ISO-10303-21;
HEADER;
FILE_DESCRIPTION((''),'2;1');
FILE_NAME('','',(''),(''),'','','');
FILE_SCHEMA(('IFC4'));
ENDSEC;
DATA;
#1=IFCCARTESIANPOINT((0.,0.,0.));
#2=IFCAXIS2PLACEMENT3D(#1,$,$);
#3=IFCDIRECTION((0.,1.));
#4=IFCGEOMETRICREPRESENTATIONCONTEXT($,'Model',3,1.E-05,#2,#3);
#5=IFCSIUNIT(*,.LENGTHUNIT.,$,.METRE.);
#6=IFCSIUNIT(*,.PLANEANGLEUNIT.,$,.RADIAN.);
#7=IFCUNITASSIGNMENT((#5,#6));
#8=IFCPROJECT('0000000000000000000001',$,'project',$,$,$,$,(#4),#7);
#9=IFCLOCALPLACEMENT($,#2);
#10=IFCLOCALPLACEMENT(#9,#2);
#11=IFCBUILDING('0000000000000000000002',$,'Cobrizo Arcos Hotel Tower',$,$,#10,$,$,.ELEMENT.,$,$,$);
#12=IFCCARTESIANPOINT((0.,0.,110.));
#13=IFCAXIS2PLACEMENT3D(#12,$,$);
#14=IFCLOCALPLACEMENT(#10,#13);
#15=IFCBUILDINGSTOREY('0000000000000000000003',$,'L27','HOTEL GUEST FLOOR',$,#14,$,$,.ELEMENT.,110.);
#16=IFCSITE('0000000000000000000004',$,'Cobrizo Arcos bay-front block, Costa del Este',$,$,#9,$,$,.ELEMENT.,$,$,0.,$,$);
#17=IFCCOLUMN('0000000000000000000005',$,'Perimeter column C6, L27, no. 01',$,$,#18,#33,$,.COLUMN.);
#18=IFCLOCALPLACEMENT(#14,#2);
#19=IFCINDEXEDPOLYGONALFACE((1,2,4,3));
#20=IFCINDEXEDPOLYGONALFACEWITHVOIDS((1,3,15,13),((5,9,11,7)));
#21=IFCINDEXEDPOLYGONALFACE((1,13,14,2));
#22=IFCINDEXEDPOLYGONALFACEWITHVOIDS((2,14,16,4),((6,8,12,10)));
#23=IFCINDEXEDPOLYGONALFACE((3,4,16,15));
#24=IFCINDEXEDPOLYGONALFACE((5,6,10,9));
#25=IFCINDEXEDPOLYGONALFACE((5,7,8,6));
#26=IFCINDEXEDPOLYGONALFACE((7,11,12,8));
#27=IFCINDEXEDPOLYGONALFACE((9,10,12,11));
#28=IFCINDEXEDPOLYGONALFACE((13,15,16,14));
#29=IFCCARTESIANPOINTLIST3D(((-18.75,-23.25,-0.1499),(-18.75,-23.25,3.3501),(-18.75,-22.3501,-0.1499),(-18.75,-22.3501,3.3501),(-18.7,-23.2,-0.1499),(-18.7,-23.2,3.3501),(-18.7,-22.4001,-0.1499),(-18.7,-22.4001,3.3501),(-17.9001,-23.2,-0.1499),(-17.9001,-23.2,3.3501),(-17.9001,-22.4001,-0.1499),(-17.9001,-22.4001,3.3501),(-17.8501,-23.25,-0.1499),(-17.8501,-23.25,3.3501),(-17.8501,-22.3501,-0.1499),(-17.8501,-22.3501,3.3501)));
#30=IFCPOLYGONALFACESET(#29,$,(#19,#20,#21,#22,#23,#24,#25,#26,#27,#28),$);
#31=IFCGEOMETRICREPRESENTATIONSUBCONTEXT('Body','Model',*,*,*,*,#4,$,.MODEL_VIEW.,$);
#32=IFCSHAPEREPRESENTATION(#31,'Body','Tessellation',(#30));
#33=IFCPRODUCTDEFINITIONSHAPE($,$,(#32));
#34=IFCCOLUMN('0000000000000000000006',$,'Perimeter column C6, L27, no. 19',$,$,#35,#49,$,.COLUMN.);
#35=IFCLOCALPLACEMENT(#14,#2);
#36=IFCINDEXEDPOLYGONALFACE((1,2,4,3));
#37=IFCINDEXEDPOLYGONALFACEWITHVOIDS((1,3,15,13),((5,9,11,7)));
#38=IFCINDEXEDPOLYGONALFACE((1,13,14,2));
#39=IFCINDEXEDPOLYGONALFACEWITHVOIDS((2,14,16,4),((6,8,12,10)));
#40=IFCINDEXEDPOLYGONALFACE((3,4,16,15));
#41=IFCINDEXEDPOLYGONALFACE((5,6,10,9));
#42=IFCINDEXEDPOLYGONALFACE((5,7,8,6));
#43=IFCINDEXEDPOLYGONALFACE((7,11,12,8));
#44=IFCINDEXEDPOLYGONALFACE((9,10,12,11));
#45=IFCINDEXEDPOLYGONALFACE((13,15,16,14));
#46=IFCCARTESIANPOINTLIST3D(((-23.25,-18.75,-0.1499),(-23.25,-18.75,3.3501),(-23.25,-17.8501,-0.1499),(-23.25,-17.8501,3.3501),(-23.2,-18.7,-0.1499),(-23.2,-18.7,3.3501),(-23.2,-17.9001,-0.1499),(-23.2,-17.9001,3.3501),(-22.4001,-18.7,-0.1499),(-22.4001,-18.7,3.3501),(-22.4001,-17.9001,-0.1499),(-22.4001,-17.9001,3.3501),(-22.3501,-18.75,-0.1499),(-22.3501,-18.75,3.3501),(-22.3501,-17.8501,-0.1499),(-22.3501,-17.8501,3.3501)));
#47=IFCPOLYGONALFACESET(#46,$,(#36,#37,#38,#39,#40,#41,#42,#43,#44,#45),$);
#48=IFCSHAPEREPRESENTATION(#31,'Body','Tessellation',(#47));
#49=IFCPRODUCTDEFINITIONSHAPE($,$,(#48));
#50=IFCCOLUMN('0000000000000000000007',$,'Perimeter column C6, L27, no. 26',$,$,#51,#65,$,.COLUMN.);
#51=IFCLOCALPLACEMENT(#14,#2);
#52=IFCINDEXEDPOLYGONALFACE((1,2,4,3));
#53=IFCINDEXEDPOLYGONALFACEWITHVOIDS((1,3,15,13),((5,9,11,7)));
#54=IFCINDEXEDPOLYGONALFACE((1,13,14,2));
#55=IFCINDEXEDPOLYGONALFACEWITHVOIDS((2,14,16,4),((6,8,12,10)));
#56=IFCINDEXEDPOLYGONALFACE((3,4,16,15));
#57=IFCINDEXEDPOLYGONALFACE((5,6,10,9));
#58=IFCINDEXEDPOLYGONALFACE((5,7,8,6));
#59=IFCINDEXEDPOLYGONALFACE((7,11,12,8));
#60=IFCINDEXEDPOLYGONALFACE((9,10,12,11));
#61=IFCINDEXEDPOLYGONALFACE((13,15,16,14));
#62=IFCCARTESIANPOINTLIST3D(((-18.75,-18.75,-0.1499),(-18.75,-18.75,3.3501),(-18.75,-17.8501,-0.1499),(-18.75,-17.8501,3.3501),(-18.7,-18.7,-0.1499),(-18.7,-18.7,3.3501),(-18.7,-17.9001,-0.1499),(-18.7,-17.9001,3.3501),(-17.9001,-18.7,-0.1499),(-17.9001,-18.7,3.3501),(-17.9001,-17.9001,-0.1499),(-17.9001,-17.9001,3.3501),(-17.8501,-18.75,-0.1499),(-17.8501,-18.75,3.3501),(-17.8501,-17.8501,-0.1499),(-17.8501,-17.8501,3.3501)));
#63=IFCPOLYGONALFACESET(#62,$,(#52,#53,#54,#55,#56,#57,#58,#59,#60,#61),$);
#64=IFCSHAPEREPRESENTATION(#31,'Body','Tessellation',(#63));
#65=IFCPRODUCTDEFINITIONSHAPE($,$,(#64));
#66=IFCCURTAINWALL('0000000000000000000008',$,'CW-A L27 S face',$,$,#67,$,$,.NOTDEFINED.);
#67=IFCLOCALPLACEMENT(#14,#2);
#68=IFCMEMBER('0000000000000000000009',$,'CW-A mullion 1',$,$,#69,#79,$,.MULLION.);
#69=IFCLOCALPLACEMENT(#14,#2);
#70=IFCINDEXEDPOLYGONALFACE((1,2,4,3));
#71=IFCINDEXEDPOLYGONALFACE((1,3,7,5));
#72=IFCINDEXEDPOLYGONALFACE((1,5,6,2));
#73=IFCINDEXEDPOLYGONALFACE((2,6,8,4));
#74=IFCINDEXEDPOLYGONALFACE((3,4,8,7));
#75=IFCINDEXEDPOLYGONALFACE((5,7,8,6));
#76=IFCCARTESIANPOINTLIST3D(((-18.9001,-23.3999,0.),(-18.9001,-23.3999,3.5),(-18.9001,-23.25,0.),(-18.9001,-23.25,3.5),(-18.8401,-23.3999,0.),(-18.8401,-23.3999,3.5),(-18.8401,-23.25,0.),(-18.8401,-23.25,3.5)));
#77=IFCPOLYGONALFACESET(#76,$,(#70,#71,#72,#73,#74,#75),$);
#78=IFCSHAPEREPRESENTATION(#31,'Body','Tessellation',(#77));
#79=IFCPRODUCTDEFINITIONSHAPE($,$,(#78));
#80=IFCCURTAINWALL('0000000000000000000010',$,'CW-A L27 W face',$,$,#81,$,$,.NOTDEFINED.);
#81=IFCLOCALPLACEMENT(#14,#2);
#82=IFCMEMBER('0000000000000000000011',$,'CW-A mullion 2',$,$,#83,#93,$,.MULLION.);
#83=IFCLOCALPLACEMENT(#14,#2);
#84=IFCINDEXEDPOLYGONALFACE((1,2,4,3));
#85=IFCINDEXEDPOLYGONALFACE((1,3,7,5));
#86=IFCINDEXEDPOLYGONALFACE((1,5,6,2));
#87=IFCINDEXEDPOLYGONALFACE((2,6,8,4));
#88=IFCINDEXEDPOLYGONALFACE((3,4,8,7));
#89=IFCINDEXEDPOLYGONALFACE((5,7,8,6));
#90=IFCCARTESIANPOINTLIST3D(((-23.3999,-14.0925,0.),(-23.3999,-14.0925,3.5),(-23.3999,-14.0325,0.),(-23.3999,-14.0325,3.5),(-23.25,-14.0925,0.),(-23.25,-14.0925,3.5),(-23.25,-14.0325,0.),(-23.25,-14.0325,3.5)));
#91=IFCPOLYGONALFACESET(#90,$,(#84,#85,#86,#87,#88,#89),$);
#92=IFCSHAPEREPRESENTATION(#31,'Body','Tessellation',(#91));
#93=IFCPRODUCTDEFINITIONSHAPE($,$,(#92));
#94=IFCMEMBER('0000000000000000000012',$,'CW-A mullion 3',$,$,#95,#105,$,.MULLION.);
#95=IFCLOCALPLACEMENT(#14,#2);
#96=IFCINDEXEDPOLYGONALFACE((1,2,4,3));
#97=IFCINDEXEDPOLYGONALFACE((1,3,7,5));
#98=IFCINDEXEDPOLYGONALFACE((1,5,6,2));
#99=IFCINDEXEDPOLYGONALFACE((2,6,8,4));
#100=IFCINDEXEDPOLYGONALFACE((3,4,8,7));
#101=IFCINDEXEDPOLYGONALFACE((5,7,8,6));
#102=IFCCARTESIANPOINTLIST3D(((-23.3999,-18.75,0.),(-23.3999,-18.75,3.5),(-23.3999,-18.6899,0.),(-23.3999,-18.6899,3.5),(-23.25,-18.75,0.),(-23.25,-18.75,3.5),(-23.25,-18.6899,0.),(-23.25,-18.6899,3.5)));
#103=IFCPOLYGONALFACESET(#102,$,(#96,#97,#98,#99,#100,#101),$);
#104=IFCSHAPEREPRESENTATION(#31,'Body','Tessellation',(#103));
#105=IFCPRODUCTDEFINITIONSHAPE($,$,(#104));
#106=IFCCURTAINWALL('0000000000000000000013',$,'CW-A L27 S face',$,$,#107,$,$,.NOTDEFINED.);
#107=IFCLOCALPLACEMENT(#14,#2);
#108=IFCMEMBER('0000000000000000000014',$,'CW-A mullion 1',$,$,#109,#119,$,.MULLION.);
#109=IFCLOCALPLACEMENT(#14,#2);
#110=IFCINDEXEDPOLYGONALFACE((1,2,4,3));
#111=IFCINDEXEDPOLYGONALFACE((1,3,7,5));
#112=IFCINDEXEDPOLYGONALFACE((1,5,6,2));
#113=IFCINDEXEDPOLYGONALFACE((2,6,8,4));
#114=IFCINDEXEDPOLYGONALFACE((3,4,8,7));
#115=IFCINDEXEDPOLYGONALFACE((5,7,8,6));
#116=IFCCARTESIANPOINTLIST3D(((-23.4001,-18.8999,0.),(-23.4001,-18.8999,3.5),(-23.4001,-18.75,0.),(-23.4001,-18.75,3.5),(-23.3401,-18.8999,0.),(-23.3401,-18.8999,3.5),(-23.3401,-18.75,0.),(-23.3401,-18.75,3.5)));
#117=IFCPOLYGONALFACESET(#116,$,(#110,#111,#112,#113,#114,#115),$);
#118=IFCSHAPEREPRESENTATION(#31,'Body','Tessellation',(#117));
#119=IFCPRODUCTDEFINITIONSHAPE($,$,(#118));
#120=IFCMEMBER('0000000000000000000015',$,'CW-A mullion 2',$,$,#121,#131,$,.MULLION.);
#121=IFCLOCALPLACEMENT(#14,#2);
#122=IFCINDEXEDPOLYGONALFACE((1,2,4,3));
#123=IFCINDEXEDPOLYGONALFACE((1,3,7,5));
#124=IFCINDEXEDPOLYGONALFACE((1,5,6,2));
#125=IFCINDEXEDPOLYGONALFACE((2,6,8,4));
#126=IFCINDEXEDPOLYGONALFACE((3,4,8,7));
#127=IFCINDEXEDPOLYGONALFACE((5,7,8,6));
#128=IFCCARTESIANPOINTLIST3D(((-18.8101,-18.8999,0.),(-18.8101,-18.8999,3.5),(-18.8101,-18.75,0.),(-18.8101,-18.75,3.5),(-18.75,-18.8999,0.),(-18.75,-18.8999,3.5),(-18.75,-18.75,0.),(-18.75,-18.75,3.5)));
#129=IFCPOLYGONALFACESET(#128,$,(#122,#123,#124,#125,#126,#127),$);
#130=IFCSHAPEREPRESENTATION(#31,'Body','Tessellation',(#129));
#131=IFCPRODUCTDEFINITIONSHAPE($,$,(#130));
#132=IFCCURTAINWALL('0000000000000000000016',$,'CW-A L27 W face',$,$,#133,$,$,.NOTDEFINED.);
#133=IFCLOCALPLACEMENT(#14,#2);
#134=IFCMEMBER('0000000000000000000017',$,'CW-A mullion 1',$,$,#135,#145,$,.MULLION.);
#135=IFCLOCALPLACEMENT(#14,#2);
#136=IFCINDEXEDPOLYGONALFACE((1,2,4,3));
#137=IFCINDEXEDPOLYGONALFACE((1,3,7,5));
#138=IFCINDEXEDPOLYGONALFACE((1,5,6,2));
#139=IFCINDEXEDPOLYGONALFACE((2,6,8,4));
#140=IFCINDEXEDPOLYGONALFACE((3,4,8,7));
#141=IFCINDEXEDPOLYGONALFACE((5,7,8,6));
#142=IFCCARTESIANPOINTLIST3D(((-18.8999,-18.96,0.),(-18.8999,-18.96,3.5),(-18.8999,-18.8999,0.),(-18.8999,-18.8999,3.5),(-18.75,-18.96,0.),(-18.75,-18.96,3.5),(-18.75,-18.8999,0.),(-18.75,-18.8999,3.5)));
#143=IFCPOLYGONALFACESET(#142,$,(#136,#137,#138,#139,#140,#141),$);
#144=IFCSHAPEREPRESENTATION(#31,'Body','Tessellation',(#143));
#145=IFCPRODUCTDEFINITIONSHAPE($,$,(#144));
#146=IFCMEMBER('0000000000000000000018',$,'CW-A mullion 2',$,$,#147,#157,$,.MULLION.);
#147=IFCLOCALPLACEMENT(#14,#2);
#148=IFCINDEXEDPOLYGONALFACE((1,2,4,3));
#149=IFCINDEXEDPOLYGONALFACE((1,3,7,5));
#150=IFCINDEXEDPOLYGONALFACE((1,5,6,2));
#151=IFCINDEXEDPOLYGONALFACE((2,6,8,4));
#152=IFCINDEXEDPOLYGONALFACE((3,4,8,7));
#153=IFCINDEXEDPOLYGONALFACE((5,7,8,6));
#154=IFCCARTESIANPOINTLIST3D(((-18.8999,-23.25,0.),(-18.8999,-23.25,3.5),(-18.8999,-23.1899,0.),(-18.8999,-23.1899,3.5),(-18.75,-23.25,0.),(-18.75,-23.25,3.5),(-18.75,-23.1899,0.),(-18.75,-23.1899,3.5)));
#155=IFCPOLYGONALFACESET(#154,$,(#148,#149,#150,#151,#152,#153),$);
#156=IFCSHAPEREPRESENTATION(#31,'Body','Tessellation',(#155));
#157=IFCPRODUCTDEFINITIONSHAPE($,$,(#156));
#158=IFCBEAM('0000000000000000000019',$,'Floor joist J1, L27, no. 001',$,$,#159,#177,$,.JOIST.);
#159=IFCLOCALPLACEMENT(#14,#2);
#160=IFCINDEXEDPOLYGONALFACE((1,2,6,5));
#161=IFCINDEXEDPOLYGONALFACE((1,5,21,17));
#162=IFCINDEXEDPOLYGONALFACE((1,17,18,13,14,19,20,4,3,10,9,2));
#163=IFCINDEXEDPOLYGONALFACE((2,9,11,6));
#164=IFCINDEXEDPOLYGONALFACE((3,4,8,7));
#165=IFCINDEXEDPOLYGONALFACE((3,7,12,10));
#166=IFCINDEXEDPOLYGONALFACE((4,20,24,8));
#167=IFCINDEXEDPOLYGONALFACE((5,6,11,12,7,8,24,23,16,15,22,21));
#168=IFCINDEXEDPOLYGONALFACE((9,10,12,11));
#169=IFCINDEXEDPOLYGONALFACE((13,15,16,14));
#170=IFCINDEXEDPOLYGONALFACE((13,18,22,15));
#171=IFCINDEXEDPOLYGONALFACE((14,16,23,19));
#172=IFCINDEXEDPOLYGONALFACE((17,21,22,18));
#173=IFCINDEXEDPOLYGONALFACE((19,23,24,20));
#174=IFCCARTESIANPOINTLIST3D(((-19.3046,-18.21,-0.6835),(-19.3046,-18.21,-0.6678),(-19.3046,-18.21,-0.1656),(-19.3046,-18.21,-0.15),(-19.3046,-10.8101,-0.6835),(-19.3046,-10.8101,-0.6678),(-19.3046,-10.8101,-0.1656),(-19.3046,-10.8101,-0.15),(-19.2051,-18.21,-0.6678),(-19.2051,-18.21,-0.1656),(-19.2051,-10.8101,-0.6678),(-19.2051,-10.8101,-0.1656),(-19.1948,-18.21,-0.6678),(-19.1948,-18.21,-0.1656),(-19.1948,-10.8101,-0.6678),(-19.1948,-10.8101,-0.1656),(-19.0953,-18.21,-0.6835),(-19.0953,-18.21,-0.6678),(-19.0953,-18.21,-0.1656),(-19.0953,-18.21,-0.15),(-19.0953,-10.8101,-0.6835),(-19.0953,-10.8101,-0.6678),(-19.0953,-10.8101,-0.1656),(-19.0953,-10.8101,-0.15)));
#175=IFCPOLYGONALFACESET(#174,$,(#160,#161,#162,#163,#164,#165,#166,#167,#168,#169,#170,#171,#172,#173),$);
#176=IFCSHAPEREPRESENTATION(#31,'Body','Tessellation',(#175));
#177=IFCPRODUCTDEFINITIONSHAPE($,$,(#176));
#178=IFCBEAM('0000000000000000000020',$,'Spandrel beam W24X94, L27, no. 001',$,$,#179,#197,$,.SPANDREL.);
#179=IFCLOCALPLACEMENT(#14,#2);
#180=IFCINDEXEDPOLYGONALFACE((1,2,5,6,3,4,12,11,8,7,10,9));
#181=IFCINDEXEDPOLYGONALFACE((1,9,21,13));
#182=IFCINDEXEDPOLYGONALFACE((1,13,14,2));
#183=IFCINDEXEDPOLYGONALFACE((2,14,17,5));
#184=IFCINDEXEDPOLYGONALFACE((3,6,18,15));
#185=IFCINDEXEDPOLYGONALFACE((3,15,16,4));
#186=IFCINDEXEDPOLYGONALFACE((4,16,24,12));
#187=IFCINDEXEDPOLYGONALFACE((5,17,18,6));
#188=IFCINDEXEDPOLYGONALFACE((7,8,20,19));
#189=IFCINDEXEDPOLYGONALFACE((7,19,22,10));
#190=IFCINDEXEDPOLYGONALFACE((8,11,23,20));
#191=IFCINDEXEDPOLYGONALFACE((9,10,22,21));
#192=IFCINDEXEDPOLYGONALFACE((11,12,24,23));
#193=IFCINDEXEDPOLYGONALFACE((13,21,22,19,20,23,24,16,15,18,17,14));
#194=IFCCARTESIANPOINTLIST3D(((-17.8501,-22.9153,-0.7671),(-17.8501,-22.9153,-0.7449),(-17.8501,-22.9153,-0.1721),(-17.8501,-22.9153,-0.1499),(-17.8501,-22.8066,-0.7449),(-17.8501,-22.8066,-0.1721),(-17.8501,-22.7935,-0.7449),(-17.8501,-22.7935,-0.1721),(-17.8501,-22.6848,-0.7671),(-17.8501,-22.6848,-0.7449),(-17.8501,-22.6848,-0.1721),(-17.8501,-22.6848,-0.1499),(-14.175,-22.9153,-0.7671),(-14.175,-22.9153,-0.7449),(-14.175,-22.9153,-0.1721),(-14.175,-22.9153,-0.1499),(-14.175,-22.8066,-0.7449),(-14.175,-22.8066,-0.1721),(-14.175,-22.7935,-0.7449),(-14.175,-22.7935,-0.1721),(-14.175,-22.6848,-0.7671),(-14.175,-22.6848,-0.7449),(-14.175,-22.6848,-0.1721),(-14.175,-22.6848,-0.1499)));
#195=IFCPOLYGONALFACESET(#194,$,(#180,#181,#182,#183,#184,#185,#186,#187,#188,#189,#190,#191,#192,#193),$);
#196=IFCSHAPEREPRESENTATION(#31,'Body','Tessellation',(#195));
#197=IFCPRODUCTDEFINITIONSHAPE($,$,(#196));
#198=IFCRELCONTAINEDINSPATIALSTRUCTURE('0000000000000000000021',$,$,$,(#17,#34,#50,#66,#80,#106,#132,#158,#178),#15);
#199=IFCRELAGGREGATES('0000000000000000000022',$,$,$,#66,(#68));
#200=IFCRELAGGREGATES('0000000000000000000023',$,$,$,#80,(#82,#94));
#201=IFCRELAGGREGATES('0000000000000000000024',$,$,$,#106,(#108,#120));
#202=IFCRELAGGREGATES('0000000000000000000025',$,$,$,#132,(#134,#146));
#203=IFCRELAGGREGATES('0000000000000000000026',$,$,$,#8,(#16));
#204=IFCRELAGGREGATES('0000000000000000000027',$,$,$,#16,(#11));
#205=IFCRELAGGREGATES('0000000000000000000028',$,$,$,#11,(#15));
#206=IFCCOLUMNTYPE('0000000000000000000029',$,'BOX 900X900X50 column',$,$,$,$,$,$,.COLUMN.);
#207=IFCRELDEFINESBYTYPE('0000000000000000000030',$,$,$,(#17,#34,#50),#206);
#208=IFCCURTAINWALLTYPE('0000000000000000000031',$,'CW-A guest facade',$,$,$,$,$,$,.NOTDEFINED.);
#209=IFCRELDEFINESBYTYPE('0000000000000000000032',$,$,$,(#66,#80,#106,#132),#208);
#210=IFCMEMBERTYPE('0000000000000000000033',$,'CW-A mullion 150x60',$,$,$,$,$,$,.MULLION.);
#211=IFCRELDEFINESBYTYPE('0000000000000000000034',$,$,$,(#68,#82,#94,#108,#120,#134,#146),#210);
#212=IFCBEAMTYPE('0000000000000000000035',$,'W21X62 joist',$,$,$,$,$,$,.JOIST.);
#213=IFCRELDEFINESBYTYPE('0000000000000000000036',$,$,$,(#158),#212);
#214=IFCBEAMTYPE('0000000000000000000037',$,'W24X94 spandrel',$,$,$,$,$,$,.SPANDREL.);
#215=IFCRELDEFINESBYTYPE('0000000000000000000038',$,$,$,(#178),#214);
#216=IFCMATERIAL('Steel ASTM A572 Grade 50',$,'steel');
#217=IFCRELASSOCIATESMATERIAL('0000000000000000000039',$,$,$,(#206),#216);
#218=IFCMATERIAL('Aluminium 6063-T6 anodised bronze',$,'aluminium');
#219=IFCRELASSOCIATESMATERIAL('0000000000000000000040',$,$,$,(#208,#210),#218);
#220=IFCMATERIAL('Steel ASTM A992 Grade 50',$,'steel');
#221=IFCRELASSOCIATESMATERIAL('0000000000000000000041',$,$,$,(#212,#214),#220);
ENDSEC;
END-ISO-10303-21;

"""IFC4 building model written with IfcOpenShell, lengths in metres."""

from ifc_helpers import new_model, si_unit, direction, frame, origin, origin_2d, place, context, subcontext, project, spatial, rectangle, hollow_rectangle, i_section, extrude, material, material_profile, profile_set, type_object, element, aggregate, save


model = new_model("IFC4")

# Units and contexts
model_context = context("Model", 3, precision=1e-05, world=origin(), true_north=direction((0.0, 1.0)))
body_context = subcontext(model_context, "Body", "Model", "MODEL_VIEW")
ifc_project = project(units=[si_unit("LENGTHUNIT", "METRE"), si_unit("PLANEANGLEUNIT", "RADIAN")], contexts=[model_context])

# Site, building, storey
site_placement = place(None, origin())
site = spatial("IfcSite", under=ifc_project, at=site_placement, Name="Cobrizo Arcos bay-front block, Costa del Este", CompositionType="ELEMENT", RefElevation=0.0)
building_placement = place(site_placement, origin())
building = spatial("IfcBuilding", under=site, at=building_placement, Name="Cobrizo Arcos Hotel Tower", CompositionType="ELEMENT")
storey_placement = place(building_placement, frame((0.0, 0.0, 110.0)))
storey = spatial("IfcBuildingStorey", under=building, at=storey_placement, Name="L27", Description="HOTEL GUEST FLOOR", CompositionType="ELEMENT", Elevation=110.0)

# Columns
ifc_material_1 = material(Name="Steel ASTM A572 Grade 50", Category="steel")
ifc_material_profile_1 = material_profile(ifc_material_1, hollow_rectangle(XDim=0.8999, YDim=0.8999, WallThickness=0.05, at=origin_2d()), Name="BOX 900X900X50")
ifc_profile_set_1 = profile_set([ifc_material_profile_1], Name="Steel ASTM A572 Grade 50")
column_type = type_object("IfcColumnType", Name="BOX 900X900X50 column", PredefinedType="COLUMN", material=ifc_profile_set_1)
for number, where, z_axis, x_axis, name in (
    (1, (-18.3, -22.8, -0.1499), (0.0, 0.0, 1.0), (1.0, 0.0, 0.0), "Perimeter column C6, L27, no. 01"),
    (2, (-22.8, -18.3, -0.1499), (0.0, 0.0, 1.0), (1.0, 0.0, 0.0), "Perimeter column C6, L27, no. 19"),
    (3, (-18.3, -18.3, -0.1499), (0.0, 0.0, 1.0), (1.0, 0.0, 0.0), "Perimeter column C6, L27, no. 26"),
):
    element("IfcColumn", number, at=place(storey_placement, frame(where, z_axis=z_axis, x_axis=x_axis)), inside=storey, type_object=column_type, Name=name, PredefinedType="COLUMN", context=body_context, shape_type="SweptSolid", body=[
        extrude(hollow_rectangle(XDim=0.8999, YDim=0.8999, WallThickness=0.05, at=origin_2d()), origin(), (0.0, 0.0, 1.0), 3.5),
    ])

# Curtain wall, member
ifc_material_2 = material(Name="Aluminium 6063-T6 anodised bronze", Category="aluminium")
curtain_wall_type = type_object("IfcCurtainWallType", Name="CW-A guest facade", PredefinedType="NOTDEFINED", material=ifc_material_2)
curtain_wall_1_placement = place(storey_placement, origin())
curtain_wall_1 = element("IfcCurtainWall", 4, at=curtain_wall_1_placement, inside=storey, type_object=curtain_wall_type, Name="CW-A L27 S face", PredefinedType="NOTDEFINED")
ifc_material_profile_2 = material_profile(ifc_material_2, rectangle(XDim=0.1499, YDim=0.0601, at=origin_2d()), Name="CW-A mullion 150x60")
ifc_profile_set_2 = profile_set([ifc_material_profile_2], Name="Aluminium 6063-T6 anodised bronze")
member_type = type_object("IfcMemberType", Name="CW-A mullion 150x60", PredefinedType="MULLION", material=ifc_profile_set_2)
member_1_placement = place(storey_placement, frame((-18.8701, -23.325, 0.0), z_axis=(0.0, 0.0, 1.0), x_axis=(0.0, -1.0, 0.0)))
member_1 = element("IfcMember", 5, at=member_1_placement, type_object=member_type, Name="CW-A mullion 1", PredefinedType="MULLION", context=body_context, shape_type="SweptSolid", body=[
    extrude(rectangle(XDim=0.1499, YDim=0.0601, at=origin_2d()), origin(), (0.0, 0.0, 1.0), 3.5),
])

# Curtain walls, members
curtain_wall_2_placement = place(storey_placement, origin())
curtain_wall_2 = element("IfcCurtainWall", 6, at=curtain_wall_2_placement, inside=storey, type_object=curtain_wall_type, Name="CW-A L27 W face", PredefinedType="NOTDEFINED")
member_2_placement = place(storey_placement, frame((-23.325, -14.0625, 0.0), z_axis=(0.0, 0.0, 1.0), x_axis=(-1.0, 0.0, 0.0)))
member_2 = element("IfcMember", 7, at=member_2_placement, type_object=member_type, Name="CW-A mullion 2", PredefinedType="MULLION", context=body_context, shape_type="SweptSolid", body=[
    extrude(rectangle(XDim=0.1499, YDim=0.0601, at=origin_2d()), origin(), (0.0, 0.0, 1.0), 3.5),
])
member_3_placement = place(storey_placement, frame((-23.325, -18.72, 0.0), z_axis=(0.0, 0.0, 1.0), x_axis=(-1.0, 0.0, 0.0)))
member_3 = element("IfcMember", 8, at=member_3_placement, type_object=member_type, Name="CW-A mullion 3", PredefinedType="MULLION", context=body_context, shape_type="SweptSolid", body=[
    extrude(rectangle(XDim=0.1499, YDim=0.0601, at=origin_2d()), origin(), (0.0, 0.0, 1.0), 3.5),
])
curtain_wall_3_placement = place(storey_placement, origin())
curtain_wall_3 = element("IfcCurtainWall", 9, at=curtain_wall_3_placement, inside=storey, type_object=curtain_wall_type, Name="CW-A L27 S face", PredefinedType="NOTDEFINED")
member_4_placement = place(storey_placement, frame((-23.3701, -18.825, 0.0), z_axis=(0.0, 0.0, 1.0), x_axis=(0.0, -1.0, 0.0)))
member_4 = element("IfcMember", 10, at=member_4_placement, type_object=member_type, Name="CW-A mullion 1", PredefinedType="MULLION", context=body_context, shape_type="SweptSolid", body=[
    extrude(rectangle(XDim=0.1499, YDim=0.0601, at=origin_2d()), origin(), (0.0, 0.0, 1.0), 3.5),
])
member_5_placement = place(storey_placement, frame((-18.78, -18.825, 0.0), z_axis=(0.0, 0.0, 1.0), x_axis=(0.0, -1.0, 0.0)))
member_5 = element("IfcMember", 11, at=member_5_placement, type_object=member_type, Name="CW-A mullion 2", PredefinedType="MULLION", context=body_context, shape_type="SweptSolid", body=[
    extrude(rectangle(XDim=0.1499, YDim=0.0601, at=origin_2d()), origin(), (0.0, 0.0, 1.0), 3.5),
])
curtain_wall_4_placement = place(storey_placement, origin())
curtain_wall_4 = element("IfcCurtainWall", 12, at=curtain_wall_4_placement, inside=storey, type_object=curtain_wall_type, Name="CW-A L27 W face", PredefinedType="NOTDEFINED")
member_6_placement = place(storey_placement, frame((-18.825, -18.9299, 0.0), z_axis=(0.0, 0.0, 1.0), x_axis=(-1.0, 0.0, 0.0)))
member_6 = element("IfcMember", 13, at=member_6_placement, type_object=member_type, Name="CW-A mullion 1", PredefinedType="MULLION", context=body_context, shape_type="SweptSolid", body=[
    extrude(rectangle(XDim=0.1499, YDim=0.0601, at=origin_2d()), origin(), (0.0, 0.0, 1.0), 3.5),
])
member_7_placement = place(storey_placement, frame((-18.825, -23.22, 0.0), z_axis=(0.0, 0.0, 1.0), x_axis=(-1.0, 0.0, 0.0)))
member_7 = element("IfcMember", 14, at=member_7_placement, type_object=member_type, Name="CW-A mullion 2", PredefinedType="MULLION", context=body_context, shape_type="SweptSolid", body=[
    extrude(rectangle(XDim=0.1499, YDim=0.0601, at=origin_2d()), origin(), (0.0, 0.0, 1.0), 3.5),
])

# Beams
ifc_material_3 = material(Name="Steel ASTM A992 Grade 50", Category="steel")
ifc_material_profile_3 = material_profile(ifc_material_3, i_section(OverallWidth=0.2092, OverallDepth=0.5334, WebThickness=0.0103, FlangeThickness=0.0156, at=origin_2d()), Name="W21X62")
ifc_profile_set_3 = profile_set([ifc_material_profile_3], Name="Steel ASTM A992 Grade 50")
beam_type_1 = type_object("IfcBeamType", Name="W21X62 joist", PredefinedType="JOIST", material=ifc_profile_set_3)
beam_placement = place(storey_placement, frame((-19.2, -18.21, -0.4167), z_axis=(0.0, 1.0, 0.0), x_axis=(-1.0, 0.0, 0.0)))
element("IfcBeam", 15, at=beam_placement, inside=storey, type_object=beam_type_1, Name="Floor joist J1, L27, no. 001", PredefinedType="JOIST", context=body_context, shape_type="SweptSolid", body=[
    extrude(i_section(OverallWidth=0.2092, OverallDepth=0.5334, WebThickness=0.0103, FlangeThickness=0.0156, at=origin_2d()), origin(), (0.0, 0.0, 1.0), 7.3999),
])
ifc_material_profile_4 = material_profile(ifc_material_3, i_section(OverallWidth=0.2305, OverallDepth=0.6172, WebThickness=0.0132, FlangeThickness=0.0222, at=origin_2d()), Name="W24X94")
ifc_profile_set_4 = profile_set([ifc_material_profile_4], Name="Steel ASTM A992 Grade 50")
beam_type_2 = type_object("IfcBeamType", Name="W24X94 spandrel", PredefinedType="SPANDREL", material=ifc_profile_set_4)
for number, where, z_axis, x_axis, name in (
    (16, (-17.8501, -22.8, -0.4585), (1.0, 0.0, 0.0), (0.0, 1.0, 0.0), "Spandrel beam W24X94, L27, no. 001"),
):
    element("IfcBeam", number, at=place(storey_placement, frame(where, z_axis=z_axis, x_axis=x_axis)), inside=storey, type_object=beam_type_2, Name=name, PredefinedType="SPANDREL", context=body_context, shape_type="SweptSolid", body=[
        extrude(i_section(OverallWidth=0.2305, OverallDepth=0.6172, WebThickness=0.0132, FlangeThickness=0.0222, at=origin_2d()), origin(), (0.0, 0.0, 1.0), 3.675),
    ])

aggregate(curtain_wall_1, [member_1])
aggregate(curtain_wall_2, [member_2, member_3])
aggregate(curtain_wall_3, [member_4, member_5])
aggregate(curtain_wall_4, [member_6, member_7])

save(model, "model.ifc")
